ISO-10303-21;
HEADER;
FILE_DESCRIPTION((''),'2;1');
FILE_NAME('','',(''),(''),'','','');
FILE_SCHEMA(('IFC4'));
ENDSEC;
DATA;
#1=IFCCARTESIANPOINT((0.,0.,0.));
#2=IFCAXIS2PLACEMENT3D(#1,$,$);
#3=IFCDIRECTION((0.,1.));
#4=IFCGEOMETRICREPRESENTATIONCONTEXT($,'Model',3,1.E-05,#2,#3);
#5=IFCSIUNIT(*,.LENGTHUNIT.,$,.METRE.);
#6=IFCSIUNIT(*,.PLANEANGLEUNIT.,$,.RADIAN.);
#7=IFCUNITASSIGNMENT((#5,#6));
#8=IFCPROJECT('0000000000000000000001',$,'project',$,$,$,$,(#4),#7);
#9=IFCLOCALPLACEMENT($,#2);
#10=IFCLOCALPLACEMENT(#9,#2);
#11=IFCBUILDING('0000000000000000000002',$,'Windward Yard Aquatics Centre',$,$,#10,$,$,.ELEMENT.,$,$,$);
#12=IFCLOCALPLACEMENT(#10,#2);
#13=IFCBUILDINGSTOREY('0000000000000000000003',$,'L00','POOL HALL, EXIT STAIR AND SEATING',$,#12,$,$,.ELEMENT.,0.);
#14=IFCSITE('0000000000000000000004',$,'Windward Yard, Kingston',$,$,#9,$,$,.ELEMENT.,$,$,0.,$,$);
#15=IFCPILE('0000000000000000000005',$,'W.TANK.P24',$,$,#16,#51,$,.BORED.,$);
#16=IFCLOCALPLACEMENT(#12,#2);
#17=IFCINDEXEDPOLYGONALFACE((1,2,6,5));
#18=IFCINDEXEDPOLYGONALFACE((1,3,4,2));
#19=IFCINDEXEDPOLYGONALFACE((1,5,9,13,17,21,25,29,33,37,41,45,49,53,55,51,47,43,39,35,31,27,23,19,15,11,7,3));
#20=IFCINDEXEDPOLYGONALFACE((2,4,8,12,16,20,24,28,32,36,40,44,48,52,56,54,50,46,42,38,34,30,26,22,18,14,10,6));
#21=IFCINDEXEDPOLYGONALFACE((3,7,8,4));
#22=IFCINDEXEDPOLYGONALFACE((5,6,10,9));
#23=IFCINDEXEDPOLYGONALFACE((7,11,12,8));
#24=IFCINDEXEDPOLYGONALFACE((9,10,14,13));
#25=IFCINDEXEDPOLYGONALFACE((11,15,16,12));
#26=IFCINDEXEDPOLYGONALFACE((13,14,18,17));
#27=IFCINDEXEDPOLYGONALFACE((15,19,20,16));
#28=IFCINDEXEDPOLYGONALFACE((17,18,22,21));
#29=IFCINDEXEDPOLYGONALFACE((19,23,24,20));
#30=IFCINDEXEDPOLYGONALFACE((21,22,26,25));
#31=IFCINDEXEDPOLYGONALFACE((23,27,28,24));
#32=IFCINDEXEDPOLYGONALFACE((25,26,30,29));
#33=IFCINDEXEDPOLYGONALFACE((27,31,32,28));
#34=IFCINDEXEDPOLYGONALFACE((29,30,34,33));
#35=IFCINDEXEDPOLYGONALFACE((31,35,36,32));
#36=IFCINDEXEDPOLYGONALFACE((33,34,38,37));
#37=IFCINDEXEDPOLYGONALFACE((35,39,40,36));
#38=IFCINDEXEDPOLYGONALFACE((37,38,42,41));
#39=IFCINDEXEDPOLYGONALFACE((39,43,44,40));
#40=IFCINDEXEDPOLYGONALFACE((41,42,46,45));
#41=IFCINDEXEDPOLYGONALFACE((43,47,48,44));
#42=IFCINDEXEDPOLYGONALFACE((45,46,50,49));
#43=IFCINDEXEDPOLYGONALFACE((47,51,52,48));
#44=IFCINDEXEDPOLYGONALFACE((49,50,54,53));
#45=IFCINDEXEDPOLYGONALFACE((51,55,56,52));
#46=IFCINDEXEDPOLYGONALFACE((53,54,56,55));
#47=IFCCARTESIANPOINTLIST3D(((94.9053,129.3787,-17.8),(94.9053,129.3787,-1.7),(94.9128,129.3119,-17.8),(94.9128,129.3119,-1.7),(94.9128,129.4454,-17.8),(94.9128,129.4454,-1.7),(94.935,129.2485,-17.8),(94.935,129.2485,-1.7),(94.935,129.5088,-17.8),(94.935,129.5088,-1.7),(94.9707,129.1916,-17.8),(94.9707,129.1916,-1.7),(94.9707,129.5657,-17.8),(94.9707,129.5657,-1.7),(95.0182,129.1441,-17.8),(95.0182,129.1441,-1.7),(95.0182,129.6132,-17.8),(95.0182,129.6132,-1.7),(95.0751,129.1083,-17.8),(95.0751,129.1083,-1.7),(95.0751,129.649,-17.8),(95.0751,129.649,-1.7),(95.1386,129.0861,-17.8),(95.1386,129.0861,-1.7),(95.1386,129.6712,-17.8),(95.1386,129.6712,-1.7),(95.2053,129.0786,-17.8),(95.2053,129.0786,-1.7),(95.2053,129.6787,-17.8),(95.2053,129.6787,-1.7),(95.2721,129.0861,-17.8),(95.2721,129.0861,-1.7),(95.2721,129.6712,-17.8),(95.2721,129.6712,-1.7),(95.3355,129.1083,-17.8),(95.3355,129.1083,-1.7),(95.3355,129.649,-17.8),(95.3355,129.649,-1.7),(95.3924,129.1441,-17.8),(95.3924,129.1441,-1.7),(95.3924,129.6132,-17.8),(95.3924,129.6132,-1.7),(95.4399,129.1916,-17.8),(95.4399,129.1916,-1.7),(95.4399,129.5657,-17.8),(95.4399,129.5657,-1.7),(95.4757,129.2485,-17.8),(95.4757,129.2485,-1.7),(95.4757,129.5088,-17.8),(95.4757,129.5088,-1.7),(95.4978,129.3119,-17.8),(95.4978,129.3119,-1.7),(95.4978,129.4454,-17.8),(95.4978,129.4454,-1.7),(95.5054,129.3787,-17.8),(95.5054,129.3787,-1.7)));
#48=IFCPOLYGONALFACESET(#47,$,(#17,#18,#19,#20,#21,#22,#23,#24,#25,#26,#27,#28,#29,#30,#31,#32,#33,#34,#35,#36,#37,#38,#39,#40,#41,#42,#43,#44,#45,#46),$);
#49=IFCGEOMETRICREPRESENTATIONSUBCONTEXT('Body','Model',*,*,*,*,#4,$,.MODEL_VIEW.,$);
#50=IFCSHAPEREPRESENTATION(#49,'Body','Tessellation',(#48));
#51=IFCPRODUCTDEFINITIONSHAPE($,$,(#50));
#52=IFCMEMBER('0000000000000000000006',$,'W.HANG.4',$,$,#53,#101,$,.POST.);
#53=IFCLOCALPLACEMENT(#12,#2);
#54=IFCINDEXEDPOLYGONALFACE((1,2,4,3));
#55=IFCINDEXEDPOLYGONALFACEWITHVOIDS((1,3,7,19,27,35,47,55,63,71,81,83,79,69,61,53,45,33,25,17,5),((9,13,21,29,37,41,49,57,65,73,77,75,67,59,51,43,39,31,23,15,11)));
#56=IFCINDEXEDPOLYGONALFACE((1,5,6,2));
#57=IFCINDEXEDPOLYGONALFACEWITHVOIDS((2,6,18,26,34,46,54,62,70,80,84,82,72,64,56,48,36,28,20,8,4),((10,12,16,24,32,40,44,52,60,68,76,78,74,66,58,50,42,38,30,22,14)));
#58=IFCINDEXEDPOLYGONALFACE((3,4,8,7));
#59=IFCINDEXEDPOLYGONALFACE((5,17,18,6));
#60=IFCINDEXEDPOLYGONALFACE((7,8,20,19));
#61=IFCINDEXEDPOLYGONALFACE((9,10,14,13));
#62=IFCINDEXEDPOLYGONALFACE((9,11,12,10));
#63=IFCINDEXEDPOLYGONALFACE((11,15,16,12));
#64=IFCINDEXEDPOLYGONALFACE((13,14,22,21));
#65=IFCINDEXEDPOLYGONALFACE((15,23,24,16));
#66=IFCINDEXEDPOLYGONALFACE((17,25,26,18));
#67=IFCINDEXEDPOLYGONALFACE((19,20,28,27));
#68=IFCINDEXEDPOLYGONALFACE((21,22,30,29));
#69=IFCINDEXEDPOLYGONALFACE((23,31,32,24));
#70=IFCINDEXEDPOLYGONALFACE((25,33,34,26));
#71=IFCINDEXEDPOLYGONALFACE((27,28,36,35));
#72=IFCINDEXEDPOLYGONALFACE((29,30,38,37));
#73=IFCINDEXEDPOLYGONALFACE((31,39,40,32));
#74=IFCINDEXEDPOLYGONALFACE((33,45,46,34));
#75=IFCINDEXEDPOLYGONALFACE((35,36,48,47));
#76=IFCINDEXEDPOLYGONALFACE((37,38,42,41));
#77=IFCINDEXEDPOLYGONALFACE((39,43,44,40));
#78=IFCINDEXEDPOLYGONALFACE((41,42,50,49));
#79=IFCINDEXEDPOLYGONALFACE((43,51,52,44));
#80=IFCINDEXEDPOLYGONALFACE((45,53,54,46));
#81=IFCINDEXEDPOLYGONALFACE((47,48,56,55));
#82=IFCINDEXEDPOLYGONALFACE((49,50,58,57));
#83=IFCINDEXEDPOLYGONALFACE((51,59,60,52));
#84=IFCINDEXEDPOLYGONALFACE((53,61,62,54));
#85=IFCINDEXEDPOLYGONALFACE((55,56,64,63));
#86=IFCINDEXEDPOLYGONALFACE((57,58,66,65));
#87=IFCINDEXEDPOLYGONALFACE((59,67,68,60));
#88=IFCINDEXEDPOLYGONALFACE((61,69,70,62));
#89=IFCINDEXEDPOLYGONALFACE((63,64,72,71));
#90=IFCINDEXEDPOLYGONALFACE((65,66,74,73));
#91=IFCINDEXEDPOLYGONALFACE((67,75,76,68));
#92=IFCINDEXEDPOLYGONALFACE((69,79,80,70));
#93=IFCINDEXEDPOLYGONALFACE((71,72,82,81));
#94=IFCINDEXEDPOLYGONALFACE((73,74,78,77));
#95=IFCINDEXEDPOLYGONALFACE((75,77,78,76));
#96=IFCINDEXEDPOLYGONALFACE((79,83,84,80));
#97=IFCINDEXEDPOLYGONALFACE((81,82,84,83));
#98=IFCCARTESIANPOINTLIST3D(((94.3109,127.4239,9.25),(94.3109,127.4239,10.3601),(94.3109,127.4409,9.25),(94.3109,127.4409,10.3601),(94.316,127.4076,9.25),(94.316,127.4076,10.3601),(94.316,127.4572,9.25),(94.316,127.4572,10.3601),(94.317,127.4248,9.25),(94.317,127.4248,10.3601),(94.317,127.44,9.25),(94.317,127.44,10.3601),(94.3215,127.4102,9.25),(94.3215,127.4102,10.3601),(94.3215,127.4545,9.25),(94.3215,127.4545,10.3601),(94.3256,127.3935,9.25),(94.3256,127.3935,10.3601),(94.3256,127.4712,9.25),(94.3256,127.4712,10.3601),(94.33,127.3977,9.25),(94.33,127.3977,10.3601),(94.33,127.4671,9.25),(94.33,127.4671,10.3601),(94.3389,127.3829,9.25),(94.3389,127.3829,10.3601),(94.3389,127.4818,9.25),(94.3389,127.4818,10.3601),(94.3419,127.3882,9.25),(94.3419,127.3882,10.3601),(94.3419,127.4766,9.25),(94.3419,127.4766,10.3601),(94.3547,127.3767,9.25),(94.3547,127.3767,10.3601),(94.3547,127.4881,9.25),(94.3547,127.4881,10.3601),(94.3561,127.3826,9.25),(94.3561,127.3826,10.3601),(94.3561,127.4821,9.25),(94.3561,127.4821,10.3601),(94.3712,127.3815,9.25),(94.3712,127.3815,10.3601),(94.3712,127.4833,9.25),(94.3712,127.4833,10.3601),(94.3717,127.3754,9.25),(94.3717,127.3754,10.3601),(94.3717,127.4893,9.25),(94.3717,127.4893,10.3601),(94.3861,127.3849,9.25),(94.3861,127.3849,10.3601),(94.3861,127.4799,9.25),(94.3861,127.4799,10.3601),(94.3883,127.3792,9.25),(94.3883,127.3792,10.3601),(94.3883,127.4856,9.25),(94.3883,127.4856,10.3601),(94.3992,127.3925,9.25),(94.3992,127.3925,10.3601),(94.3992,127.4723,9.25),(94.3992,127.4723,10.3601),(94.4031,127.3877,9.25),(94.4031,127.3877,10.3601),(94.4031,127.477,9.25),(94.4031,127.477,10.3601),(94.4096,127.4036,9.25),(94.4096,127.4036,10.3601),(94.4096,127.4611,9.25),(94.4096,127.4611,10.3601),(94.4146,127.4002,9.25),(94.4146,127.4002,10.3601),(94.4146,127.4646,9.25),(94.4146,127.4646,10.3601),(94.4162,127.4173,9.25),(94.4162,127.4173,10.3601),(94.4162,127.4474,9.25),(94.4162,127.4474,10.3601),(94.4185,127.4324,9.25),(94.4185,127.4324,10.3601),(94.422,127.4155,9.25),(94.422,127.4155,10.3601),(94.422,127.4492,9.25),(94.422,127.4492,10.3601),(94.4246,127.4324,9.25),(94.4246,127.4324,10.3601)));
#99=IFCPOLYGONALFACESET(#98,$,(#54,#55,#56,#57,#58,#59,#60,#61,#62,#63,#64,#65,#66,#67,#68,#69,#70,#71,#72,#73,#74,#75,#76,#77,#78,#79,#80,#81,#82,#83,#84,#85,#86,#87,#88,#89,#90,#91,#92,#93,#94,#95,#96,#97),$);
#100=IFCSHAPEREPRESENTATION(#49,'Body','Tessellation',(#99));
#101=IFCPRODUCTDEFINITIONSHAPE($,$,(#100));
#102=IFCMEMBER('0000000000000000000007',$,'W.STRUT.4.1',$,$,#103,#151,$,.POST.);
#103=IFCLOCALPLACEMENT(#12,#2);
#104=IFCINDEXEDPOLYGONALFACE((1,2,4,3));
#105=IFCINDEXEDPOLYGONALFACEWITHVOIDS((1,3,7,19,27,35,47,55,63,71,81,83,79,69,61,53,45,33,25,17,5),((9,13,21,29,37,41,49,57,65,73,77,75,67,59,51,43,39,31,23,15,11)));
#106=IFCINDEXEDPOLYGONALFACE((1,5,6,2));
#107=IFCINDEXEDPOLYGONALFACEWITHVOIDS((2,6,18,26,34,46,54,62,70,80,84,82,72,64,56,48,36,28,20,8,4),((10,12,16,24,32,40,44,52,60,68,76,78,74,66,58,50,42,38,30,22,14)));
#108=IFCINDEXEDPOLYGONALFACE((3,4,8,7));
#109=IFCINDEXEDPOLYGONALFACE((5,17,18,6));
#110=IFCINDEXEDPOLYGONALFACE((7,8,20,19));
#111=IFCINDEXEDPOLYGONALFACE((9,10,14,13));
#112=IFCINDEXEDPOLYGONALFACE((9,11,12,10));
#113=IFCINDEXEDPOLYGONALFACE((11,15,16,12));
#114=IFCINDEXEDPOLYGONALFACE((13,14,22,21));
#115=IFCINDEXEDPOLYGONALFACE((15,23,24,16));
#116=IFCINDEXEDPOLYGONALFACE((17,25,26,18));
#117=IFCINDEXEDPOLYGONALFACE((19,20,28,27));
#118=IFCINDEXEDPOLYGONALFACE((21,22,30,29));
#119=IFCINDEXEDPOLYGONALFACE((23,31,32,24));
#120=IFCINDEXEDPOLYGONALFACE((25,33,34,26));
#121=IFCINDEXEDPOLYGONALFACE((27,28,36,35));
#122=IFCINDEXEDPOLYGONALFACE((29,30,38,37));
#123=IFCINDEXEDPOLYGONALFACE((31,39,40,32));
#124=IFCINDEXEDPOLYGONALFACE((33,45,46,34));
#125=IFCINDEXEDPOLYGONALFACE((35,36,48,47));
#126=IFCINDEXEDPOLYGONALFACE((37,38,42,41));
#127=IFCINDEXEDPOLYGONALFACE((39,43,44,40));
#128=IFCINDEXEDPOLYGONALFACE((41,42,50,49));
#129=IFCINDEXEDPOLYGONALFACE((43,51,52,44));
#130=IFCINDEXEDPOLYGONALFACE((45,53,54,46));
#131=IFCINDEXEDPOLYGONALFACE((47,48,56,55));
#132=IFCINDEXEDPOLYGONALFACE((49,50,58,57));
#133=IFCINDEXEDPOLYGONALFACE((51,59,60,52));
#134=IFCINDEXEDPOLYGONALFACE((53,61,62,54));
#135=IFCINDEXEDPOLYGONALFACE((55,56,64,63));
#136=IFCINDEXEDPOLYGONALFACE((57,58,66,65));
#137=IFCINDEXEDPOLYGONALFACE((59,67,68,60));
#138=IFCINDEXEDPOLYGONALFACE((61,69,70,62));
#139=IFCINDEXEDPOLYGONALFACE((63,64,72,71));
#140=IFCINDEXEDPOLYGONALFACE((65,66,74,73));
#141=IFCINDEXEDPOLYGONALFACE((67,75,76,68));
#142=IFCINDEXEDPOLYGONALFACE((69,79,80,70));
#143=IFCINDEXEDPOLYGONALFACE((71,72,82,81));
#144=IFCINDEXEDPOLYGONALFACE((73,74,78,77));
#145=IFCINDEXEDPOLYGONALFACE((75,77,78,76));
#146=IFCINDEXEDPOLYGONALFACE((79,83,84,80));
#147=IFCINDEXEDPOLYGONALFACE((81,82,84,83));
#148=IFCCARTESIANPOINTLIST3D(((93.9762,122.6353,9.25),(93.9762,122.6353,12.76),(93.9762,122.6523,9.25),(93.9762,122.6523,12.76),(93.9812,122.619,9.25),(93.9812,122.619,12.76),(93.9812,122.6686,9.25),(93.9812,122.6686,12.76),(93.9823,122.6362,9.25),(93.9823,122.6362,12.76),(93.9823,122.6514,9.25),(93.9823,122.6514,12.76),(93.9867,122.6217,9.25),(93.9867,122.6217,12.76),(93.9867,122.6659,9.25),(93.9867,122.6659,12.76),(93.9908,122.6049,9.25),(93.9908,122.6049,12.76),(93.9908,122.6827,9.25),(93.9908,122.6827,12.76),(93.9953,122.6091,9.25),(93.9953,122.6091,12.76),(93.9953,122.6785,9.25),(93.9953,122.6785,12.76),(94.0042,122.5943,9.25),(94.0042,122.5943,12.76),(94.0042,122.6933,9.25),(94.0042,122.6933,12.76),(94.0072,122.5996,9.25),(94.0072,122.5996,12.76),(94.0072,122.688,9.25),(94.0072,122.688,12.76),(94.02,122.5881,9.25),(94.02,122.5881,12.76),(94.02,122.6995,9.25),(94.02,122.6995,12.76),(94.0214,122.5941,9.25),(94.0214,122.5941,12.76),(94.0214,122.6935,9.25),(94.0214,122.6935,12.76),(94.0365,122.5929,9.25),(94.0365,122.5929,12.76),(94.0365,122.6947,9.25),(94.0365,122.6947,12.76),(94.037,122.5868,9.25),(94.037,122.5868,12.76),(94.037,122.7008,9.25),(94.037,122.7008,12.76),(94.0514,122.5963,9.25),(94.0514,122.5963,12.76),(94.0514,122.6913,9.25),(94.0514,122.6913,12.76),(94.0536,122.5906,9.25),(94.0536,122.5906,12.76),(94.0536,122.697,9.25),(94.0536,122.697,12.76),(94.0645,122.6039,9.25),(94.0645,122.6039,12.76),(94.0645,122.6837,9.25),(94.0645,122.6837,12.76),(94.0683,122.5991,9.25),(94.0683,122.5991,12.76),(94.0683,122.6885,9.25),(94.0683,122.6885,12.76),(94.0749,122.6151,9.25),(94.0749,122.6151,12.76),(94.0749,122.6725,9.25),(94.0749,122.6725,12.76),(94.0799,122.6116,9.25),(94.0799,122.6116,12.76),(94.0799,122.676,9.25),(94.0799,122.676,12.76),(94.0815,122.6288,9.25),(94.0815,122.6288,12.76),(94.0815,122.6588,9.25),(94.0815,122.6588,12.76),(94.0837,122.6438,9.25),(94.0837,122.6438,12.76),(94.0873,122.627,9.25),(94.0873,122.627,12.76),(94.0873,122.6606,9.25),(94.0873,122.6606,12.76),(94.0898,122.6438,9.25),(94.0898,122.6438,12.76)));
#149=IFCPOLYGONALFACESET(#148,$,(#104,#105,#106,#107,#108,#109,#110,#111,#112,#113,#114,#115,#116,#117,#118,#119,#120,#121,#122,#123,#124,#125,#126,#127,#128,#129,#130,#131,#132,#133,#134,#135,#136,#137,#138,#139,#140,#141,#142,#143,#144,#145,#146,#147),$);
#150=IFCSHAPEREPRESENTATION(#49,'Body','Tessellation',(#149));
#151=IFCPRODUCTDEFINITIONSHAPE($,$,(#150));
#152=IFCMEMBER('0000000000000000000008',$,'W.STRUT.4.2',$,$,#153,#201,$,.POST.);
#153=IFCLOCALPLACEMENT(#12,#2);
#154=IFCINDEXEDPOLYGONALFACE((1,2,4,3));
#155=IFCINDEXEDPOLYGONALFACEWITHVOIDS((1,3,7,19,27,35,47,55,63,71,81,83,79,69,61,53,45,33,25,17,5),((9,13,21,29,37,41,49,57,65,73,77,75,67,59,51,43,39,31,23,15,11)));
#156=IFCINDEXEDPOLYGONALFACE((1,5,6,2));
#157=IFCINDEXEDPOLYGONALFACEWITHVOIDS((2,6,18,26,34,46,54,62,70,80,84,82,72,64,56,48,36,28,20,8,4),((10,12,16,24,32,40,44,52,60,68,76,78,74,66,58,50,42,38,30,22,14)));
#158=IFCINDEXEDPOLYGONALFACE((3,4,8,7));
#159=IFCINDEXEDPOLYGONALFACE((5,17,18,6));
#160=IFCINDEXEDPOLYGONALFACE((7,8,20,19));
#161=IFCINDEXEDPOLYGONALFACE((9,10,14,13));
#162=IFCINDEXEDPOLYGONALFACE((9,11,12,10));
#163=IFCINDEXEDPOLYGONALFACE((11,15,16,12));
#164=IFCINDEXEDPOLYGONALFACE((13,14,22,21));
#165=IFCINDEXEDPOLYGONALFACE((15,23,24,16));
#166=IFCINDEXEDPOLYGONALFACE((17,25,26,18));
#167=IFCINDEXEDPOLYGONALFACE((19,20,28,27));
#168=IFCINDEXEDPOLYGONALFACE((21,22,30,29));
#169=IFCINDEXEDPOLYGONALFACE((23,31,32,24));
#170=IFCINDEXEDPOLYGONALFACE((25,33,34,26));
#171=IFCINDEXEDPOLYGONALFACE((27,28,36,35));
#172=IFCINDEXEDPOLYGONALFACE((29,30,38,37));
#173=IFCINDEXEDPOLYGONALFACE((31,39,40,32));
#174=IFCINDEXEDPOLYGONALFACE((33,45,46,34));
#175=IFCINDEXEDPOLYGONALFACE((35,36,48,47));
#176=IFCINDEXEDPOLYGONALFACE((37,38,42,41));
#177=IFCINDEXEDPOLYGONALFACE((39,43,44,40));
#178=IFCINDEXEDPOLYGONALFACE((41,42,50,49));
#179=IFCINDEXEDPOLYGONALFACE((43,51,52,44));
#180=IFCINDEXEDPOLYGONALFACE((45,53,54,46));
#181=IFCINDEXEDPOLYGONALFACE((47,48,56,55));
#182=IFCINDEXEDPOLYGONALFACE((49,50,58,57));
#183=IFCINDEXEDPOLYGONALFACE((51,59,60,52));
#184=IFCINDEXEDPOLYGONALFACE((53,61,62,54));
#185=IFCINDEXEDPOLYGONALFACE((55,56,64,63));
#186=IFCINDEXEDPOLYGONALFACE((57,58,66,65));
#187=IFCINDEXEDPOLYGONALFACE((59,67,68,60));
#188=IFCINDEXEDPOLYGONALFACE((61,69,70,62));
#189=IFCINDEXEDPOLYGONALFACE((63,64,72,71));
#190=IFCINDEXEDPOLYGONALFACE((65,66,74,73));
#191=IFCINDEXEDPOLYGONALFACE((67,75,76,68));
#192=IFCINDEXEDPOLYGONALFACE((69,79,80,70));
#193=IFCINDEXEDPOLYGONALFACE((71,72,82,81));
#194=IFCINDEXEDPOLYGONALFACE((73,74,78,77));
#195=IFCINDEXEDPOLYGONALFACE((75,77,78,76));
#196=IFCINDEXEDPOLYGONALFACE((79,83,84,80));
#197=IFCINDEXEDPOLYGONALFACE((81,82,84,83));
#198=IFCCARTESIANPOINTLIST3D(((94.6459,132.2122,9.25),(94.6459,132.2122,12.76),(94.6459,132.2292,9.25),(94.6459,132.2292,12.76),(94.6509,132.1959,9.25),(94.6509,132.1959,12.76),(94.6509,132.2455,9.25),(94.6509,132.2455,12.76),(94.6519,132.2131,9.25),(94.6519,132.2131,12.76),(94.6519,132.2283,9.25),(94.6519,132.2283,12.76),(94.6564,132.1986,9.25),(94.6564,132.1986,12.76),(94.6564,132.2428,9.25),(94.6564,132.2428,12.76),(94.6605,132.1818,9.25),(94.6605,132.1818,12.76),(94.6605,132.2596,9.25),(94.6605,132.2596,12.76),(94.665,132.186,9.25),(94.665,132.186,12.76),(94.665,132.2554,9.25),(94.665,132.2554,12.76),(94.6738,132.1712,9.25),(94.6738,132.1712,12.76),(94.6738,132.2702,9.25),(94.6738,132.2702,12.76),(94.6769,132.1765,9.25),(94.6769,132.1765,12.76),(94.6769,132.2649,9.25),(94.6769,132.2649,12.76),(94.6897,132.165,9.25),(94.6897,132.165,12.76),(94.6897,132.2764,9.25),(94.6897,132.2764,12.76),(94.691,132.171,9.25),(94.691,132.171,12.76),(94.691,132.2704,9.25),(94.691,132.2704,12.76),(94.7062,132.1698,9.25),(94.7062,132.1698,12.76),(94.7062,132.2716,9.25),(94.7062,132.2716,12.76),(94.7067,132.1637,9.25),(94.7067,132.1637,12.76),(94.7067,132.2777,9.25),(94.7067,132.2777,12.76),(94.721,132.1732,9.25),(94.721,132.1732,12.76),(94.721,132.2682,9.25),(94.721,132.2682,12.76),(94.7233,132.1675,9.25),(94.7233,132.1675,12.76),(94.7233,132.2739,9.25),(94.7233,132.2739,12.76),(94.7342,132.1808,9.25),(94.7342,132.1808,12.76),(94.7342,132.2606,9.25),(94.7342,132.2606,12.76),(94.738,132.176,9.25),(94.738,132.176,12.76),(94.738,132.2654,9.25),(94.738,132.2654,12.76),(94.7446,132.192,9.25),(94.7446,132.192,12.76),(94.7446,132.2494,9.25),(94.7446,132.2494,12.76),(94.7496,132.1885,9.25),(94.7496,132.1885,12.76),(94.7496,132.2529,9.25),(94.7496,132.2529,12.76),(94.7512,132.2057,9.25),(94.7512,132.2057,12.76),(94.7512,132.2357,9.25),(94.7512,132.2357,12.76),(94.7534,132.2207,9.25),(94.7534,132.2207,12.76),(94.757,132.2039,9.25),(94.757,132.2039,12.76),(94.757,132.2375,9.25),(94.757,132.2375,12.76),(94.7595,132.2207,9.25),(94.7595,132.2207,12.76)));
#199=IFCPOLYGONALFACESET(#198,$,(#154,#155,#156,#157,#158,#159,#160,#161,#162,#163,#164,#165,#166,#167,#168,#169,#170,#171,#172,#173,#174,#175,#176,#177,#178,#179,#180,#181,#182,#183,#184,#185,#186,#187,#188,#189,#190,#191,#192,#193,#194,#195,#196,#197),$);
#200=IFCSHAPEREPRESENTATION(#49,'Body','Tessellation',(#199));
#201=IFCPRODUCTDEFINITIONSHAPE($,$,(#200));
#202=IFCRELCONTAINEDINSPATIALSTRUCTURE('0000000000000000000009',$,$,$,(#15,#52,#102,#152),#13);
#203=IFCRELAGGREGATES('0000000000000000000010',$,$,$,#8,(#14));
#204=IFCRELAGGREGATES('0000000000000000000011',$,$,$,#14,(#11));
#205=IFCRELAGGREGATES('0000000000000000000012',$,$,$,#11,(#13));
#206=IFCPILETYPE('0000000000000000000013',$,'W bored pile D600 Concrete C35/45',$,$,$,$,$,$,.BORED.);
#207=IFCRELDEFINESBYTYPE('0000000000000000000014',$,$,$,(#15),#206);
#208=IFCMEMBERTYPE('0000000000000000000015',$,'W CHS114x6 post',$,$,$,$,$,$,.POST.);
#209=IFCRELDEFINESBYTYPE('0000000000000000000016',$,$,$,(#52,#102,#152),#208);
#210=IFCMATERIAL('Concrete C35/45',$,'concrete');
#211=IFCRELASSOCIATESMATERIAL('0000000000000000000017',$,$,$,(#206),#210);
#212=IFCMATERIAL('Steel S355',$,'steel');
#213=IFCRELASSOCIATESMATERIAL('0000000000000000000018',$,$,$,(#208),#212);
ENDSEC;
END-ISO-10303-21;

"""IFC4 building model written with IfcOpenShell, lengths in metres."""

from ifc_helpers import new_model, si_unit, direction, frame, origin, origin_2d, place, context, subcontext, project, spatial, circle, hollow_circle, extrude, material, material_profile, profile_set, type_object, element, save


model = new_model("IFC4")

# Units and contexts
model_context = context("Model", 3, precision=1e-05, world=origin(), true_north=direction((0.0, 1.0)))
body_context = subcontext(model_context, "Body", "Model", "MODEL_VIEW")
ifc_project = project(units=[si_unit("LENGTHUNIT", "METRE"), si_unit("PLANEANGLEUNIT", "RADIAN")], contexts=[model_context])

# Site, building, storey
site_placement = place(None, origin())
site = spatial("IfcSite", under=ifc_project, at=site_placement, Name="Windward Yard, Kingston", CompositionType="ELEMENT", RefElevation=0.0)
building_placement = place(site_placement, origin())
building = spatial("IfcBuilding", under=site, at=building_placement, Name="Windward Yard Aquatics Centre", CompositionType="ELEMENT")
storey_placement = place(building_placement, origin())
storey = spatial("IfcBuildingStorey", under=building, at=storey_placement, Name="L00", Description="POOL HALL, EXIT STAIR AND SEATING", CompositionType="ELEMENT", Elevation=0.0)

# Pile
ifc_material_1 = material(Name="Concrete C35/45", Category="concrete")
ifc_material_profile_1 = material_profile(ifc_material_1, circle(Radius=0.3, at=origin_2d()), Name="D600")
ifc_profile_set_1 = profile_set([ifc_material_profile_1], Name="Concrete C35/45")
pile_type = type_object("IfcPileType", Name="W bored pile D600 Concrete C35/45", PredefinedType="BORED", material=ifc_profile_set_1)
for number, where, z_axis, x_axis, name in (
    (1, (95.2053, 129.3787, -1.7), (0.0, 0.0, -1.0), (1.0, 0.0, 0.0), "W.TANK.P24"),
):
    element("IfcPile", number, at=place(storey_placement, frame(where, z_axis=z_axis, x_axis=x_axis)), inside=storey, type_object=pile_type, Name=name, PredefinedType="BORED", context=body_context, shape_type="SweptSolid", body=[
        extrude(circle(Radius=0.3, at=origin_2d()), origin(), (0.0, 0.0, 1.0), 16.1001),
    ])

# Members
ifc_material_2 = material(Name="Steel S355", Category="steel")
ifc_material_profile_2 = material_profile(ifc_material_2, hollow_circle(Radius=0.0571, WallThickness=0.0061, at=origin_2d()), Name="CHS114x6")
ifc_profile_set_2 = profile_set([ifc_material_profile_2], Name="Steel S355")
member_type_1 = type_object("IfcMemberType", Name="W CHS114x6 post", PredefinedType="POST", material=ifc_profile_set_2)
member_1_placement = place(storey_placement, frame((94.3674, 127.4324, 9.25), z_axis=(0.0, 0.0, 1.0), x_axis=(1.0, 0.0, 0.0)))
element("IfcMember", 2, at=member_1_placement, inside=storey, type_object=member_type_1, Name="W.HANG.4", PredefinedType="POST", context=body_context, shape_type="SweptSolid", body=[
    extrude(hollow_circle(Radius=0.0571, WallThickness=0.0061, at=origin_2d()), origin(), (0.0, 0.0, 1.0), 1.1101),
])
for number, where, z_axis, x_axis, name in (
    (3, (94.0327, 122.6438, 9.25), (0.0, 0.0, 1.0), (1.0, 0.0, 0.0), "W.STRUT.4.1"),
    (4, (94.7024, 132.2207, 9.25), (0.0, 0.0, 1.0), (1.0, 0.0, 0.0), "W.STRUT.4.2"),
):
    element("IfcMember", number, at=place(storey_placement, frame(where, z_axis=z_axis, x_axis=x_axis)), inside=storey, type_object=member_type_1, Name=name, PredefinedType="POST", context=body_context, shape_type="SweptSolid", body=[
        extrude(hollow_circle(Radius=0.0571, WallThickness=0.0061, at=origin_2d()), origin(), (0.0, 0.0, 1.0), 3.51),
    ])

save(model, "model.ifc")
